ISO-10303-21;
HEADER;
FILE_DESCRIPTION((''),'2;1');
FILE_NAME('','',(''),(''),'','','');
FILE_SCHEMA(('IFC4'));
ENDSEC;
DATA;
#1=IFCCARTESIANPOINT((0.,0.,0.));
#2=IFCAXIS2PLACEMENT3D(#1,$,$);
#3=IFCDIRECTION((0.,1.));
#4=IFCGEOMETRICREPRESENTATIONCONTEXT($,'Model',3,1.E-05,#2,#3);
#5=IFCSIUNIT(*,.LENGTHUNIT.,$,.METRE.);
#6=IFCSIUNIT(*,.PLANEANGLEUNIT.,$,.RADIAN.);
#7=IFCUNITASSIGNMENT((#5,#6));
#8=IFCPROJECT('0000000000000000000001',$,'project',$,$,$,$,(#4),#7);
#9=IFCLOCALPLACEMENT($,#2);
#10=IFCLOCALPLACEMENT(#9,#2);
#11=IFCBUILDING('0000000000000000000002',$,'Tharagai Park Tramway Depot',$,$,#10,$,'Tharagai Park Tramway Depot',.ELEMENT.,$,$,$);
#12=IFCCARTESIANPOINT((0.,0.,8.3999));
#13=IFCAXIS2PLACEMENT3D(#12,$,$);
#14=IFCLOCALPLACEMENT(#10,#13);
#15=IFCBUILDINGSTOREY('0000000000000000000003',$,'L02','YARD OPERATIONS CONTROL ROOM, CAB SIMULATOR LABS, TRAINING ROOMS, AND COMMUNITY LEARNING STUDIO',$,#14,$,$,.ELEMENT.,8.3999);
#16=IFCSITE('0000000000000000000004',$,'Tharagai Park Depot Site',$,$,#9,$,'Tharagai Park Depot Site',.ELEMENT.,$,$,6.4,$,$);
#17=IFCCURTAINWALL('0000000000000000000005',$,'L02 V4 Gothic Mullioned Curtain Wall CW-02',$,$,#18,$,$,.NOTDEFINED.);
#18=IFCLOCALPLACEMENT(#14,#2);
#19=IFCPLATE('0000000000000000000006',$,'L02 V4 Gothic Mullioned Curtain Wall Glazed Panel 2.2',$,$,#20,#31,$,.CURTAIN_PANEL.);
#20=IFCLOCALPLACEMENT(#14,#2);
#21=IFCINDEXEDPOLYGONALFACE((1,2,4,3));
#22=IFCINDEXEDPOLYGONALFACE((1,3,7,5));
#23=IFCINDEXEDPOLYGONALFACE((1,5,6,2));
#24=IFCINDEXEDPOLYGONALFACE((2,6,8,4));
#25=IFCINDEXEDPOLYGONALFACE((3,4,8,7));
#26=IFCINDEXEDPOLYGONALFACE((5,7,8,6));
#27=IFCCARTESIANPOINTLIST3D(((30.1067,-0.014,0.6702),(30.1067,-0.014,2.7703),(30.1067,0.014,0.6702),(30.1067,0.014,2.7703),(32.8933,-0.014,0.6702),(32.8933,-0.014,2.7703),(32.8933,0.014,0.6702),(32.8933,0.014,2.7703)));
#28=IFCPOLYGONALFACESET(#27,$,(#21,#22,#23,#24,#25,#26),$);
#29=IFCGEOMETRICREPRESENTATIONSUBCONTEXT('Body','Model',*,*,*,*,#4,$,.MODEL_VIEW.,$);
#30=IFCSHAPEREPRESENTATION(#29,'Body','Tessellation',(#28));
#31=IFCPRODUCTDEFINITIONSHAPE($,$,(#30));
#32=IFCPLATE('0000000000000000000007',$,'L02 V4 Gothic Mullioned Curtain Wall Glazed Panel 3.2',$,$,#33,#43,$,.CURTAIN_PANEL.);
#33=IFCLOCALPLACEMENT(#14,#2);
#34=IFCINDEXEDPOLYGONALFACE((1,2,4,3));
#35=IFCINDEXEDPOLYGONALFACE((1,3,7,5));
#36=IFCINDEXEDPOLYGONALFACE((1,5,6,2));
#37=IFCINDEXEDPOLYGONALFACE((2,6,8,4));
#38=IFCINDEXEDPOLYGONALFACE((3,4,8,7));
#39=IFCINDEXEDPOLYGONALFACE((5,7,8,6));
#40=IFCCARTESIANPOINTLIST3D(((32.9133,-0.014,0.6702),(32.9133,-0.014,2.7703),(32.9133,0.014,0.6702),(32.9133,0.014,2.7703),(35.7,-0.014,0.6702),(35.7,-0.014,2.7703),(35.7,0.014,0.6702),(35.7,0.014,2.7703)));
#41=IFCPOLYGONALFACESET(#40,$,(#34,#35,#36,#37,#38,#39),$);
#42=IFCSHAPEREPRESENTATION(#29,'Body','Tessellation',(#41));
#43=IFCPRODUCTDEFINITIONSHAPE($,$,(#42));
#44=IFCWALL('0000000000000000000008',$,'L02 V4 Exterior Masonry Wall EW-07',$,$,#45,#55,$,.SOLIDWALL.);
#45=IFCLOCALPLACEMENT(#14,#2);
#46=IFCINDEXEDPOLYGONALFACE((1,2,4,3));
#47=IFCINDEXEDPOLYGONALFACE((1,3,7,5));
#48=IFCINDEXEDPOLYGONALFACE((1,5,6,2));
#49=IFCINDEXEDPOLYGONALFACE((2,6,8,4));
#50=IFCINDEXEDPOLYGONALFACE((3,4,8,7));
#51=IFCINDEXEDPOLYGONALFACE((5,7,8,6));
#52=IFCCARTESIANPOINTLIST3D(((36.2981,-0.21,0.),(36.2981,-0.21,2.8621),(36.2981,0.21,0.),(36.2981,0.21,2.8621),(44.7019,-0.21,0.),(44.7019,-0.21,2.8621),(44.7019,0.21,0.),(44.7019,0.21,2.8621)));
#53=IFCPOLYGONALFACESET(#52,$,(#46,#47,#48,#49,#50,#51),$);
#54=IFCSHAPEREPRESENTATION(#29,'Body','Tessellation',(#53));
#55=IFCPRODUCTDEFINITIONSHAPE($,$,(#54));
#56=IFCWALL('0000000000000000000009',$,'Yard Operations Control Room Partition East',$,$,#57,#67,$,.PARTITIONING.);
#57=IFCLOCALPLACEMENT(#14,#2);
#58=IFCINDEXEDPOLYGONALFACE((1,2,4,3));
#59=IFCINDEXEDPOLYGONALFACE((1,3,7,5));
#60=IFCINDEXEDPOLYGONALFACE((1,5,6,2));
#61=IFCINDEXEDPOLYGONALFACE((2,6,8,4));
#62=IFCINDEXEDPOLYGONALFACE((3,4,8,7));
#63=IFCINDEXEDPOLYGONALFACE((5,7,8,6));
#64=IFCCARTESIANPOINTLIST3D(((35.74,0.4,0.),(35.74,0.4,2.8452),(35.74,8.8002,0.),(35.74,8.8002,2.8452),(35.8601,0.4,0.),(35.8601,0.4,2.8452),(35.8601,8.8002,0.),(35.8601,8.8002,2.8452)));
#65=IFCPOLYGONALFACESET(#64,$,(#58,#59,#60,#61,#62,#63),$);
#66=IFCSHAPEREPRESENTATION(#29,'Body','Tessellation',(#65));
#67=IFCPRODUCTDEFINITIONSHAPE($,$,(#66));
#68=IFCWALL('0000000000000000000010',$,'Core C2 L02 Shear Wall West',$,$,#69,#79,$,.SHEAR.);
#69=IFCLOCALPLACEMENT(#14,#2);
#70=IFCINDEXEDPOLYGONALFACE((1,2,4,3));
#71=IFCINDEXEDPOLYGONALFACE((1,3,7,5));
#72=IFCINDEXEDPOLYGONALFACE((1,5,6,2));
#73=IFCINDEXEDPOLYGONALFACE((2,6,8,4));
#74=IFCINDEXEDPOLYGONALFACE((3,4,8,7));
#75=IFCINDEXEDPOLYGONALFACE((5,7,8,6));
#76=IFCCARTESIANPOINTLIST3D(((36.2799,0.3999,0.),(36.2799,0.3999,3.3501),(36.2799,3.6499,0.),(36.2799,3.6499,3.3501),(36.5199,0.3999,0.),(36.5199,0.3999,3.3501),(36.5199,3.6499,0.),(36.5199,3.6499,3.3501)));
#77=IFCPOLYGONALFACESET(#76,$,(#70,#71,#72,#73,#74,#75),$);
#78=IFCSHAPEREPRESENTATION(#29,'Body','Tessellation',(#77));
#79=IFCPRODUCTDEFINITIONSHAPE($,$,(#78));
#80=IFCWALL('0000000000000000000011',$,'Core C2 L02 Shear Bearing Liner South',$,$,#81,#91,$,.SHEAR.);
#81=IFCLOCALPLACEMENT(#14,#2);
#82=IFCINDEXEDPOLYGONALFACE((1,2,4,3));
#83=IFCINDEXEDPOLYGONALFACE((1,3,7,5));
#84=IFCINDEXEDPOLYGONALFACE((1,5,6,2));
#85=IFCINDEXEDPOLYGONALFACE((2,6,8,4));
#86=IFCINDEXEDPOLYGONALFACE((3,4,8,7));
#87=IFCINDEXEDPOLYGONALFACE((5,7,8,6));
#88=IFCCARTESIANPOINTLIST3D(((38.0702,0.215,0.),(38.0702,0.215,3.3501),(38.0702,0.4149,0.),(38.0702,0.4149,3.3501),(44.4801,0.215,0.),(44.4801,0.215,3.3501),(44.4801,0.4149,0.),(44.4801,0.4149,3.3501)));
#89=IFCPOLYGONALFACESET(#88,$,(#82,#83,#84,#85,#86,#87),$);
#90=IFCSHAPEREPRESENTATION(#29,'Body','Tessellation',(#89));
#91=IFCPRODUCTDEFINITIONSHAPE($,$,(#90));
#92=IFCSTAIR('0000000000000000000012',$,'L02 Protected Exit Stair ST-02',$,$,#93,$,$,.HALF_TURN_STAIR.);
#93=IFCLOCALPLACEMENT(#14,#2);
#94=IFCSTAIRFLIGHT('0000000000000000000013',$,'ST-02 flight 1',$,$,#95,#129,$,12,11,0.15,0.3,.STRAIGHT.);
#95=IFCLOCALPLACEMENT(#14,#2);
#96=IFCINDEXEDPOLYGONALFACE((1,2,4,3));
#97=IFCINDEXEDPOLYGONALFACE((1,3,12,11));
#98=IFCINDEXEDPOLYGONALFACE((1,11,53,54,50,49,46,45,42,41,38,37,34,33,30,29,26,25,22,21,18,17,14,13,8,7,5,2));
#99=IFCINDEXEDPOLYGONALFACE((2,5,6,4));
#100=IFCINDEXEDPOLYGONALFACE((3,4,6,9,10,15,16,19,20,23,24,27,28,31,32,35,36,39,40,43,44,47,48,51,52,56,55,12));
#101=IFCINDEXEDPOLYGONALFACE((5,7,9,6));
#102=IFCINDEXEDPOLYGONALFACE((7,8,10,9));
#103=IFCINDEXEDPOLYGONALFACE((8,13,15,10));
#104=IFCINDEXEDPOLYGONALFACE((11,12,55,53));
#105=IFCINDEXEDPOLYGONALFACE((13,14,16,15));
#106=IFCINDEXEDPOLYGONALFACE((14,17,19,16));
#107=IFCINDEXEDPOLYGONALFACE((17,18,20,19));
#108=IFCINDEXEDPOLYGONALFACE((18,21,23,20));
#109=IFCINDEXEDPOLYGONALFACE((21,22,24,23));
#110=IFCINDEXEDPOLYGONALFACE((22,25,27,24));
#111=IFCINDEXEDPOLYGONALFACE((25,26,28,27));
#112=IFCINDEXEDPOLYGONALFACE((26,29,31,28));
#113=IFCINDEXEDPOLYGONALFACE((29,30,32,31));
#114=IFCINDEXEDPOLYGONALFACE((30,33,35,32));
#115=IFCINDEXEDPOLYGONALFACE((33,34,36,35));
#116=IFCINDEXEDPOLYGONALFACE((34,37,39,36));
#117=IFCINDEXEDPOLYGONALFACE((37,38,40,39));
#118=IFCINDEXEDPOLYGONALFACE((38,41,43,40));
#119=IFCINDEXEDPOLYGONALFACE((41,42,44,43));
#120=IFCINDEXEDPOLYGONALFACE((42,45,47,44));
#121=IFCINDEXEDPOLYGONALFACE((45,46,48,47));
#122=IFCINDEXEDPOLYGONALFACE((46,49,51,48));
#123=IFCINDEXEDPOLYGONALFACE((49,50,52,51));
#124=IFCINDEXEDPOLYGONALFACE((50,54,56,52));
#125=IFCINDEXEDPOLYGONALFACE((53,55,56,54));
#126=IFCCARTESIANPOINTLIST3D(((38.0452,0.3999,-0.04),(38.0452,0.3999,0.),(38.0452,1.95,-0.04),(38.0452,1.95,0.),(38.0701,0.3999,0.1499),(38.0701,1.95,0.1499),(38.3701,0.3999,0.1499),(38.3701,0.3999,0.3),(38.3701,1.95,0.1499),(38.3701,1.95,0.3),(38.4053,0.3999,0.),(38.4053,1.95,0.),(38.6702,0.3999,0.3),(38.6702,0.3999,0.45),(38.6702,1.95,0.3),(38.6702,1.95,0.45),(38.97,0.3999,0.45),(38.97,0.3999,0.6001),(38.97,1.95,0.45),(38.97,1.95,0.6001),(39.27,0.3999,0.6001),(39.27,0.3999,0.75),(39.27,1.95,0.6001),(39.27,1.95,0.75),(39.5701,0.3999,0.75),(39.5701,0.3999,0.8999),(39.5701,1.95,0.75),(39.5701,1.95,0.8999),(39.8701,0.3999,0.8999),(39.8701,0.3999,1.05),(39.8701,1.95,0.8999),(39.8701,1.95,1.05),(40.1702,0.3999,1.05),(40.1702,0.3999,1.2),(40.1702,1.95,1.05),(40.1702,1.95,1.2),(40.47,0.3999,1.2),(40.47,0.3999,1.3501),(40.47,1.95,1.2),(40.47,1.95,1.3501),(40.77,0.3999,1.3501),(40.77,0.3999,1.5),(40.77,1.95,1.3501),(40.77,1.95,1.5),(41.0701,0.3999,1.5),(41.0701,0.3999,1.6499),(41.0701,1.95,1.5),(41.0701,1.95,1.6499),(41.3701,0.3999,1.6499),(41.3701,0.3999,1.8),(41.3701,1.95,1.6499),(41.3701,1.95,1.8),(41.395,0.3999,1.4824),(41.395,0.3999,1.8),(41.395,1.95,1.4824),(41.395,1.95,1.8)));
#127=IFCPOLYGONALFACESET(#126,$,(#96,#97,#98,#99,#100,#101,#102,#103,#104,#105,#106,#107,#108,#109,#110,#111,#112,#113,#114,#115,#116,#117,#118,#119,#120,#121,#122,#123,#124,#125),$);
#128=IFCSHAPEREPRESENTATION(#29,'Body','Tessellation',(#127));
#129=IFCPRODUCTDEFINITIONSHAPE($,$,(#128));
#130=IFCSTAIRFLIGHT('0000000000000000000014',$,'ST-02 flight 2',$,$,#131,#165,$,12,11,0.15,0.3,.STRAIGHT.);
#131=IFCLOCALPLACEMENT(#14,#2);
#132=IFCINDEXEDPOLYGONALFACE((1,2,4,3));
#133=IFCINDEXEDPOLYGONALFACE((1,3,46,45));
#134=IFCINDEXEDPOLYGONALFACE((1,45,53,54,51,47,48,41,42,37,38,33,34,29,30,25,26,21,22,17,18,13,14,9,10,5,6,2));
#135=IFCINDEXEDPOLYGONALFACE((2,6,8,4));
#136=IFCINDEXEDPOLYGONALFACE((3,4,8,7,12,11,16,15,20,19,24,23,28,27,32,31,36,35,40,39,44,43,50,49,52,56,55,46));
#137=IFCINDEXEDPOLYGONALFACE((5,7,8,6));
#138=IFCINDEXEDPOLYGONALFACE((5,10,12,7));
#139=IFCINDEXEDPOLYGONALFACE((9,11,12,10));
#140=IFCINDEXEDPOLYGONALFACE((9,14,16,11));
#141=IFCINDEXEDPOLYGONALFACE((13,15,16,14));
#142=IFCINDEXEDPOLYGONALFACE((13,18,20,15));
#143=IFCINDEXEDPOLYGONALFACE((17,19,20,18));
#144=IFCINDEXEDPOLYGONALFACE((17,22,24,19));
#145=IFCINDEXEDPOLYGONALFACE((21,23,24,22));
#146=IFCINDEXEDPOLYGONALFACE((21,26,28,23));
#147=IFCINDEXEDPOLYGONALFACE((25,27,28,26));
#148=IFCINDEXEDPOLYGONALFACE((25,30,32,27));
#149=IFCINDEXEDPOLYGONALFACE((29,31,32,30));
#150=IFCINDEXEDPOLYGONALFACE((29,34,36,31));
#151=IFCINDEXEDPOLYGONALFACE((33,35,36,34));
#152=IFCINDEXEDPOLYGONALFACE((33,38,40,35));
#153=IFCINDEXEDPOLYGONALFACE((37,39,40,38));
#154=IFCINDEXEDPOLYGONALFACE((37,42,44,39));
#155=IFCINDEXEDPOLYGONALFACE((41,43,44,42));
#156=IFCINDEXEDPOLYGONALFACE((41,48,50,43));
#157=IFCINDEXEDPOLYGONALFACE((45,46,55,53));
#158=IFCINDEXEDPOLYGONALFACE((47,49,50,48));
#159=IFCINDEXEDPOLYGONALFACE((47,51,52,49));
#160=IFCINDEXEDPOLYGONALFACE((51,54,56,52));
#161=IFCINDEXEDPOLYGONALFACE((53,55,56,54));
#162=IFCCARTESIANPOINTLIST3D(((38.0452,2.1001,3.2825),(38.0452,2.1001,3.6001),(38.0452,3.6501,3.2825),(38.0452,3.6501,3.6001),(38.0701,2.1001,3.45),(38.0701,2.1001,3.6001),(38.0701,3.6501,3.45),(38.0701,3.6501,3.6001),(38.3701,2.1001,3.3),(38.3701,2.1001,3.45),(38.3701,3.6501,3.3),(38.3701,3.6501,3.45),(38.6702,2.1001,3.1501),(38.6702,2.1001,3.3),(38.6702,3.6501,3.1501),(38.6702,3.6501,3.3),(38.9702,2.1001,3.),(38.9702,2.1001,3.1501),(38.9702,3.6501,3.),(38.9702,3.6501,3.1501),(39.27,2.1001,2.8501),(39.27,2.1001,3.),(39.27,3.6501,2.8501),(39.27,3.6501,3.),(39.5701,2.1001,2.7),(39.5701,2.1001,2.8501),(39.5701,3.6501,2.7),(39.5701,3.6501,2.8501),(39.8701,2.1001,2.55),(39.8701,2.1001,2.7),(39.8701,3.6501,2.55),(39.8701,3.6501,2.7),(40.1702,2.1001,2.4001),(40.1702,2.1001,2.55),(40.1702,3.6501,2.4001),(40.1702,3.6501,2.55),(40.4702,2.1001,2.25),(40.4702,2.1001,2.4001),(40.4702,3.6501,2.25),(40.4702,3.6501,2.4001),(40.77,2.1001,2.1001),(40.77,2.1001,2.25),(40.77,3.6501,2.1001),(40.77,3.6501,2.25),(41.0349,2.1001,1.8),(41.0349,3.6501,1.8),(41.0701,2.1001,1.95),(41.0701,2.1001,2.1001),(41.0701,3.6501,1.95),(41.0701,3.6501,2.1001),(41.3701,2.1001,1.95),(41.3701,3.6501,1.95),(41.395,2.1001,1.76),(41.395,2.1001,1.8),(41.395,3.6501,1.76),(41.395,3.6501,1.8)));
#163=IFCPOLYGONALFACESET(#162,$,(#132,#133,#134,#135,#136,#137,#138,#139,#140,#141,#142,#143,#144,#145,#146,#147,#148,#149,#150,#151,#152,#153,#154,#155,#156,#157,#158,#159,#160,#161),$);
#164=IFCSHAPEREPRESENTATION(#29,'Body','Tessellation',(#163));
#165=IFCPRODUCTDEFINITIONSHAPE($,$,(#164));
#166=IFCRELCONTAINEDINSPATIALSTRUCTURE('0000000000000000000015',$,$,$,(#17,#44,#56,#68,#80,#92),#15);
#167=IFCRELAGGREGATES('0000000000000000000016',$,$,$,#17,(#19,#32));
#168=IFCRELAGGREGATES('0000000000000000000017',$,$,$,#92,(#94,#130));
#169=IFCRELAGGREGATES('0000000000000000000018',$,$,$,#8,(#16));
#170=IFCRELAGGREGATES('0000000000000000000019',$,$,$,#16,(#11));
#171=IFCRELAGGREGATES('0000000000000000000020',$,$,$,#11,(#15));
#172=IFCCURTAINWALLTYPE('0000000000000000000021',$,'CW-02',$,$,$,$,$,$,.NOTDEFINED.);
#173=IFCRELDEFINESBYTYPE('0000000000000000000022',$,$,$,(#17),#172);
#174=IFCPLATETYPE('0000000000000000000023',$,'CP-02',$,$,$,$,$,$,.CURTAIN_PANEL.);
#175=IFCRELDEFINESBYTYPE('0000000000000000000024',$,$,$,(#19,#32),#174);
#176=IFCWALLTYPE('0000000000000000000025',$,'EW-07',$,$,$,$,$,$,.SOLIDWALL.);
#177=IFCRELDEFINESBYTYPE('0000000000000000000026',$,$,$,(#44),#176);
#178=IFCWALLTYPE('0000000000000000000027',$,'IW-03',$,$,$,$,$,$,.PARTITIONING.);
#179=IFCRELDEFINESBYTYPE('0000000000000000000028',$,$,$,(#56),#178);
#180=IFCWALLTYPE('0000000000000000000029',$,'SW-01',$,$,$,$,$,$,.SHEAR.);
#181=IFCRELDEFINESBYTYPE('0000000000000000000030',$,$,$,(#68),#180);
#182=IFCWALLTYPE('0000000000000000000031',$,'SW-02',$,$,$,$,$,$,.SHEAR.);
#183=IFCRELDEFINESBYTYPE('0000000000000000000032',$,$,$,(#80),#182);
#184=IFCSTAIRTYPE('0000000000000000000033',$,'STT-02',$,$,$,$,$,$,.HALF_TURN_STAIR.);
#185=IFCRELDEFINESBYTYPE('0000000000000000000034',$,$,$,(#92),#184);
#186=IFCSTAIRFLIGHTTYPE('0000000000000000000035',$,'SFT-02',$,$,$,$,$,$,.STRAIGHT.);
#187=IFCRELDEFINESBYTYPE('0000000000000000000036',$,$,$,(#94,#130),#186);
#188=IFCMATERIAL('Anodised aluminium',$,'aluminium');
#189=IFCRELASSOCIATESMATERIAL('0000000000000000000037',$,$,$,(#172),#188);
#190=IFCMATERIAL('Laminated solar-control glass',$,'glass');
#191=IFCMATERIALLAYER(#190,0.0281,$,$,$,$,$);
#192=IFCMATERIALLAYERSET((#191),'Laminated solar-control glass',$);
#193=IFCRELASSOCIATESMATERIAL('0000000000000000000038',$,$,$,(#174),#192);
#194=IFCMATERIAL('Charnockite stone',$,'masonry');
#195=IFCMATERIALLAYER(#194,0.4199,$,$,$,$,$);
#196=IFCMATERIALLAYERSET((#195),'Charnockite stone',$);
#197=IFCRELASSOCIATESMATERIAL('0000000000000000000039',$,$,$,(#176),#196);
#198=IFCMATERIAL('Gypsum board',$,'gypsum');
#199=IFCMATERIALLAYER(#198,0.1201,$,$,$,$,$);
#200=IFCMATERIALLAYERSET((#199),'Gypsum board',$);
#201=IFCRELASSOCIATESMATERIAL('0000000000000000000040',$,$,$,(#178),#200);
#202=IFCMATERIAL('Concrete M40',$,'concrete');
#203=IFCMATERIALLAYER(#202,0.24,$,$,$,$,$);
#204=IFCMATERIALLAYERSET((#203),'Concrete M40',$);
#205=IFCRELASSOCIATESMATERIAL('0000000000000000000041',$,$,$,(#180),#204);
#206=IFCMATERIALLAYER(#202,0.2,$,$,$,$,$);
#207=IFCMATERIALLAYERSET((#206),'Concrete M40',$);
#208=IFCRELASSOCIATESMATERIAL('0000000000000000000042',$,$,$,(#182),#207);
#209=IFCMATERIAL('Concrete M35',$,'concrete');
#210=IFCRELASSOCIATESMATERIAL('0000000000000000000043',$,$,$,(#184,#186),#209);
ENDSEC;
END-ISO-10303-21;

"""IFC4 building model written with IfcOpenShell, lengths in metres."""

from ifc_helpers import new_model, si_unit, direction, frame, frame_2d, origin, origin_2d, place, context, subcontext, project, spatial, polyline, rectangle, outline, extrude, material, layer, layer_set, type_object, element, aggregate, save


model = new_model("IFC4")

# Units and contexts
model_context = context("Model", 3, precision=1e-05, world=origin(), true_north=direction((0.0, 1.0)))
body_context = subcontext(model_context, "Body", "Model", "MODEL_VIEW")
ifc_project = project(units=[si_unit("LENGTHUNIT", "METRE"), si_unit("PLANEANGLEUNIT", "RADIAN")], contexts=[model_context])

# Site, building, storey
site_placement = place(None, origin())
site = spatial("IfcSite", under=ifc_project, at=site_placement, Name="Tharagai Park Depot Site", LongName="Tharagai Park Depot Site", CompositionType="ELEMENT", RefElevation=6.4)
building_placement = place(site_placement, origin())
building = spatial("IfcBuilding", under=site, at=building_placement, Name="Tharagai Park Tramway Depot", LongName="Tharagai Park Tramway Depot", CompositionType="ELEMENT")
storey_placement = place(building_placement, frame((0.0, 0.0, 8.3999)))
storey = spatial("IfcBuildingStorey", under=building, at=storey_placement, Name="L02", Description="YARD OPERATIONS CONTROL ROOM, CAB SIMULATOR LABS, TRAINING ROOMS, AND COMMUNITY LEARNING STUDIO", CompositionType="ELEMENT", Elevation=8.3999)

# Shared definitions
ifc_material_1 = material(Name="Concrete M40", Category="concrete")

# Shared definitions
ifc_material_2 = material(Name="Concrete M35", Category="concrete")

# Curtain wall
ifc_material_3 = material(Name="Anodised aluminium", Category="aluminium")
curtain_wall_type = type_object("IfcCurtainWallType", Name="CW-02", PredefinedType="NOTDEFINED", material=ifc_material_3)
curtain_wall_placement = place(storey_placement, origin())
curtain_wall = element("IfcCurtainWall", 1, at=curtain_wall_placement, inside=storey, type_object=curtain_wall_type, Name="L02 V4 Gothic Mullioned Curtain Wall CW-02", PredefinedType="NOTDEFINED")

# Plates
ifc_material_4 = material(Name="Laminated solar-control glass", Category="glass")
ifc_layer_1 = layer(ifc_material_4, 0.0281)
ifc_layer_set_1 = layer_set([ifc_layer_1], Name="Laminated solar-control glass")
plate_type_1 = type_object("IfcPlateType", Name="CP-02", PredefinedType="CURTAIN_PANEL", material=ifc_layer_set_1)
plate_1_placement = place(storey_placement, frame((31.5, 0.0, 0.6702), z_axis=(0.0, 0.0, 1.0), x_axis=(1.0, 0.0, 0.0)))
plate_1 = element("IfcPlate", 2, at=plate_1_placement, type_object=plate_type_1, Name="L02 V4 Gothic Mullioned Curtain Wall Glazed Panel 2.2", PredefinedType="CURTAIN_PANEL", context=body_context, shape_type="SweptSolid", body=[
    extrude(rectangle(XDim=2.7866, YDim=0.0281, at=origin_2d()), origin(), (0.0, 0.0, 1.0), 2.1001),
])
plate_2_placement = place(storey_placement, frame((34.3066, 0.0, 0.6702), z_axis=(0.0, 0.0, 1.0), x_axis=(1.0, 0.0, 0.0)))
plate_2 = element("IfcPlate", 3, at=plate_2_placement, type_object=plate_type_1, Name="L02 V4 Gothic Mullioned Curtain Wall Glazed Panel 3.2", PredefinedType="CURTAIN_PANEL", context=body_context, shape_type="SweptSolid", body=[
    extrude(rectangle(XDim=2.7866, YDim=0.0281, at=origin_2d()), origin(), (0.0, 0.0, 1.0), 2.1001),
])
aggregate(curtain_wall, [plate_1, plate_2])

# Walls
ifc_material_5 = material(Name="Charnockite stone", Category="masonry")
ifc_layer_2 = layer(ifc_material_5, 0.4199)
ifc_layer_set_2 = layer_set([ifc_layer_2], Name="Charnockite stone")
wall_type_1 = type_object("IfcWallType", Name="EW-07", PredefinedType="SOLIDWALL", material=ifc_layer_set_2)
wall_1_placement = place(storey_placement, frame((36.2981, 0.0, 0.0), z_axis=(0.0, 0.0, 1.0), x_axis=(1.0, 0.0, 0.0)))
element("IfcWall", 4, at=wall_1_placement, inside=storey, type_object=wall_type_1, Name="L02 V4 Exterior Masonry Wall EW-07", PredefinedType="SOLIDWALL", context=body_context, shape_type="SweptSolid", body=[
    extrude(rectangle(XDim=8.4038, YDim=0.4199, at=frame_2d((4.2019, 0.0))), origin(), (0.0, 0.0, 1.0), 2.8621),
])
ifc_material_6 = material(Name="Gypsum board", Category="gypsum")
ifc_layer_3 = layer(ifc_material_6, 0.1201)
ifc_layer_set_3 = layer_set([ifc_layer_3], Name="Gypsum board")
wall_type_2 = type_object("IfcWallType", Name="IW-03", PredefinedType="PARTITIONING", material=ifc_layer_set_3)
wall_2_placement = place(storey_placement, frame((35.8, 0.3999, 0.0), z_axis=(0.0, 0.0, 1.0), x_axis=(0.0, 1.0, 0.0)))
element("IfcWall", 5, at=wall_2_placement, inside=storey, type_object=wall_type_2, Name="Yard Operations Control Room Partition East", PredefinedType="PARTITIONING", context=body_context, shape_type="SweptSolid", body=[
    extrude(rectangle(XDim=8.4001, YDim=0.1201, at=frame_2d((4.2002, 0.0))), origin(), (0.0, 0.0, 1.0), 2.8452),
])
ifc_layer_4 = layer(ifc_material_1, 0.24)
ifc_layer_set_4 = layer_set([ifc_layer_4], Name="Concrete M40")
wall_type_3 = type_object("IfcWallType", Name="SW-01", PredefinedType="SHEAR", material=ifc_layer_set_4)
wall_3_placement = place(storey_placement, frame((36.3999, 0.3999, 0.0), z_axis=(0.0, 0.0, 1.0), x_axis=(0.0, 1.0, 0.0)))
element("IfcWall", 6, at=wall_3_placement, inside=storey, type_object=wall_type_3, Name="Core C2 L02 Shear Wall West", PredefinedType="SHEAR", context=body_context, shape_type="SweptSolid", body=[
    extrude(rectangle(XDim=3.25, YDim=0.24, at=frame_2d((1.625, 0.0))), origin(), (0.0, 0.0, 1.0), 3.3501),
])
ifc_layer_5 = layer(ifc_material_1, 0.2)
ifc_layer_set_5 = layer_set([ifc_layer_5], Name="Concrete M40")
wall_type_4 = type_object("IfcWallType", Name="SW-02", PredefinedType="SHEAR", material=ifc_layer_set_5)
wall_4_placement = place(storey_placement, frame((38.0701, 0.3149, 0.0), z_axis=(0.0, 0.0, 1.0), x_axis=(1.0, 0.0, 0.0)))
element("IfcWall", 7, at=wall_4_placement, inside=storey, type_object=wall_type_4, Name="Core C2 L02 Shear Bearing Liner South", PredefinedType="SHEAR", context=body_context, shape_type="SweptSolid", body=[
    extrude(rectangle(XDim=6.4099, YDim=0.2, at=frame_2d((3.2051, 0.0))), origin(), (0.0, 0.0, 1.0), 3.3501),
])

# Stair, stair flights
stair_type = type_object("IfcStairType", Name="STT-02", PredefinedType="HALF_TURN_STAIR", material=ifc_material_2)
stair_placement = place(storey_placement, origin())
stair = element("IfcStair", 8, at=stair_placement, inside=storey, type_object=stair_type, Name="L02 Protected Exit Stair ST-02", PredefinedType="HALF_TURN_STAIR")
stair_flight_type = type_object("IfcStairFlightType", Name="SFT-02", PredefinedType="STRAIGHT", material=ifc_material_2)
stair_flight_1_placement = place(storey_placement, frame((38.0701, 1.175, 0.0), z_axis=(0.0, 0.0, 1.0), x_axis=(1.0, 0.0, 0.0)))
stair_flight_1 = element("IfcStairFlight", 9, at=stair_flight_1_placement, type_object=stair_flight_type, Name="ST-02 flight 1", NumberOfRisers=12, NumberOfTreads=11, PredefinedType="STRAIGHT", RiserHeight=0.15, TreadLength=0.3, context=body_context, shape_type="SweptSolid", body=[
    extrude(outline(polyline([(-0.0249, 0.0), (0.0, 0.1499), (0.3, 0.1499), (0.3, 0.3), (0.6001, 0.3), (0.6001, 0.45), (0.8999, 0.45), (0.8999, 0.6001), (1.2, 0.6001), (1.2, 0.75), (1.5, 0.75), (1.5, 0.8999), (1.8, 0.8999), (1.8, 1.05), (2.1001, 1.05), (2.1001, 1.2), (2.3999, 1.2), (2.3999, 1.3501), (2.7, 1.3501), (2.7, 1.5), (3.0, 1.5), (3.0, 1.6499), (3.3, 1.6499), (3.3, 1.8), (3.325, 1.8), (3.325, 1.4824), (0.3352, 0.0), (-0.0249, -0.04), (-0.0249, 0.0)])), frame((0.0, 0.7749, 0.0), z_axis=(0.0, -1.0, 0.0), x_axis=(1.0, 0.0, 0.0)), (0.0, 0.0, 1.0), 1.55),
])
stair_flight_2_placement = place(storey_placement, frame((41.3701, 2.875, 1.8), z_axis=(0.0, 0.0, 1.0), x_axis=(-1.0, 0.0, 0.0)))
stair_flight_2 = element("IfcStairFlight", 10, at=stair_flight_2_placement, type_object=stair_flight_type, Name="ST-02 flight 2", NumberOfRisers=12, NumberOfTreads=11, PredefinedType="STRAIGHT", RiserHeight=0.15, TreadLength=0.3, context=body_context, shape_type="SweptSolid", body=[
    extrude(outline(polyline([(-0.0249, 0.0), (0.0, 0.1499), (0.3, 0.1499), (0.3, 0.3), (0.6001, 0.3), (0.6001, 0.45), (0.8999, 0.45), (0.8999, 0.6001), (1.2, 0.6001), (1.2, 0.75), (1.5, 0.75), (1.5, 0.8999), (1.8, 0.8999), (1.8, 1.05), (2.1001, 1.05), (2.1001, 1.2), (2.3999, 1.2), (2.3999, 1.3501), (2.7, 1.3501), (2.7, 1.5), (3.0, 1.5), (3.0, 1.6499), (3.3, 1.6499), (3.3, 1.8), (3.325, 1.8), (3.325, 1.4824), (0.3352, 0.0), (-0.0249, -0.04), (-0.0249, 0.0)])), frame((0.0, 0.7749, 0.0), z_axis=(0.0, -1.0, 0.0), x_axis=(1.0, 0.0, 0.0)), (0.0, 0.0, 1.0), 1.55),
])
aggregate(stair, [stair_flight_1, stair_flight_2])

save(model, "model.ifc")
